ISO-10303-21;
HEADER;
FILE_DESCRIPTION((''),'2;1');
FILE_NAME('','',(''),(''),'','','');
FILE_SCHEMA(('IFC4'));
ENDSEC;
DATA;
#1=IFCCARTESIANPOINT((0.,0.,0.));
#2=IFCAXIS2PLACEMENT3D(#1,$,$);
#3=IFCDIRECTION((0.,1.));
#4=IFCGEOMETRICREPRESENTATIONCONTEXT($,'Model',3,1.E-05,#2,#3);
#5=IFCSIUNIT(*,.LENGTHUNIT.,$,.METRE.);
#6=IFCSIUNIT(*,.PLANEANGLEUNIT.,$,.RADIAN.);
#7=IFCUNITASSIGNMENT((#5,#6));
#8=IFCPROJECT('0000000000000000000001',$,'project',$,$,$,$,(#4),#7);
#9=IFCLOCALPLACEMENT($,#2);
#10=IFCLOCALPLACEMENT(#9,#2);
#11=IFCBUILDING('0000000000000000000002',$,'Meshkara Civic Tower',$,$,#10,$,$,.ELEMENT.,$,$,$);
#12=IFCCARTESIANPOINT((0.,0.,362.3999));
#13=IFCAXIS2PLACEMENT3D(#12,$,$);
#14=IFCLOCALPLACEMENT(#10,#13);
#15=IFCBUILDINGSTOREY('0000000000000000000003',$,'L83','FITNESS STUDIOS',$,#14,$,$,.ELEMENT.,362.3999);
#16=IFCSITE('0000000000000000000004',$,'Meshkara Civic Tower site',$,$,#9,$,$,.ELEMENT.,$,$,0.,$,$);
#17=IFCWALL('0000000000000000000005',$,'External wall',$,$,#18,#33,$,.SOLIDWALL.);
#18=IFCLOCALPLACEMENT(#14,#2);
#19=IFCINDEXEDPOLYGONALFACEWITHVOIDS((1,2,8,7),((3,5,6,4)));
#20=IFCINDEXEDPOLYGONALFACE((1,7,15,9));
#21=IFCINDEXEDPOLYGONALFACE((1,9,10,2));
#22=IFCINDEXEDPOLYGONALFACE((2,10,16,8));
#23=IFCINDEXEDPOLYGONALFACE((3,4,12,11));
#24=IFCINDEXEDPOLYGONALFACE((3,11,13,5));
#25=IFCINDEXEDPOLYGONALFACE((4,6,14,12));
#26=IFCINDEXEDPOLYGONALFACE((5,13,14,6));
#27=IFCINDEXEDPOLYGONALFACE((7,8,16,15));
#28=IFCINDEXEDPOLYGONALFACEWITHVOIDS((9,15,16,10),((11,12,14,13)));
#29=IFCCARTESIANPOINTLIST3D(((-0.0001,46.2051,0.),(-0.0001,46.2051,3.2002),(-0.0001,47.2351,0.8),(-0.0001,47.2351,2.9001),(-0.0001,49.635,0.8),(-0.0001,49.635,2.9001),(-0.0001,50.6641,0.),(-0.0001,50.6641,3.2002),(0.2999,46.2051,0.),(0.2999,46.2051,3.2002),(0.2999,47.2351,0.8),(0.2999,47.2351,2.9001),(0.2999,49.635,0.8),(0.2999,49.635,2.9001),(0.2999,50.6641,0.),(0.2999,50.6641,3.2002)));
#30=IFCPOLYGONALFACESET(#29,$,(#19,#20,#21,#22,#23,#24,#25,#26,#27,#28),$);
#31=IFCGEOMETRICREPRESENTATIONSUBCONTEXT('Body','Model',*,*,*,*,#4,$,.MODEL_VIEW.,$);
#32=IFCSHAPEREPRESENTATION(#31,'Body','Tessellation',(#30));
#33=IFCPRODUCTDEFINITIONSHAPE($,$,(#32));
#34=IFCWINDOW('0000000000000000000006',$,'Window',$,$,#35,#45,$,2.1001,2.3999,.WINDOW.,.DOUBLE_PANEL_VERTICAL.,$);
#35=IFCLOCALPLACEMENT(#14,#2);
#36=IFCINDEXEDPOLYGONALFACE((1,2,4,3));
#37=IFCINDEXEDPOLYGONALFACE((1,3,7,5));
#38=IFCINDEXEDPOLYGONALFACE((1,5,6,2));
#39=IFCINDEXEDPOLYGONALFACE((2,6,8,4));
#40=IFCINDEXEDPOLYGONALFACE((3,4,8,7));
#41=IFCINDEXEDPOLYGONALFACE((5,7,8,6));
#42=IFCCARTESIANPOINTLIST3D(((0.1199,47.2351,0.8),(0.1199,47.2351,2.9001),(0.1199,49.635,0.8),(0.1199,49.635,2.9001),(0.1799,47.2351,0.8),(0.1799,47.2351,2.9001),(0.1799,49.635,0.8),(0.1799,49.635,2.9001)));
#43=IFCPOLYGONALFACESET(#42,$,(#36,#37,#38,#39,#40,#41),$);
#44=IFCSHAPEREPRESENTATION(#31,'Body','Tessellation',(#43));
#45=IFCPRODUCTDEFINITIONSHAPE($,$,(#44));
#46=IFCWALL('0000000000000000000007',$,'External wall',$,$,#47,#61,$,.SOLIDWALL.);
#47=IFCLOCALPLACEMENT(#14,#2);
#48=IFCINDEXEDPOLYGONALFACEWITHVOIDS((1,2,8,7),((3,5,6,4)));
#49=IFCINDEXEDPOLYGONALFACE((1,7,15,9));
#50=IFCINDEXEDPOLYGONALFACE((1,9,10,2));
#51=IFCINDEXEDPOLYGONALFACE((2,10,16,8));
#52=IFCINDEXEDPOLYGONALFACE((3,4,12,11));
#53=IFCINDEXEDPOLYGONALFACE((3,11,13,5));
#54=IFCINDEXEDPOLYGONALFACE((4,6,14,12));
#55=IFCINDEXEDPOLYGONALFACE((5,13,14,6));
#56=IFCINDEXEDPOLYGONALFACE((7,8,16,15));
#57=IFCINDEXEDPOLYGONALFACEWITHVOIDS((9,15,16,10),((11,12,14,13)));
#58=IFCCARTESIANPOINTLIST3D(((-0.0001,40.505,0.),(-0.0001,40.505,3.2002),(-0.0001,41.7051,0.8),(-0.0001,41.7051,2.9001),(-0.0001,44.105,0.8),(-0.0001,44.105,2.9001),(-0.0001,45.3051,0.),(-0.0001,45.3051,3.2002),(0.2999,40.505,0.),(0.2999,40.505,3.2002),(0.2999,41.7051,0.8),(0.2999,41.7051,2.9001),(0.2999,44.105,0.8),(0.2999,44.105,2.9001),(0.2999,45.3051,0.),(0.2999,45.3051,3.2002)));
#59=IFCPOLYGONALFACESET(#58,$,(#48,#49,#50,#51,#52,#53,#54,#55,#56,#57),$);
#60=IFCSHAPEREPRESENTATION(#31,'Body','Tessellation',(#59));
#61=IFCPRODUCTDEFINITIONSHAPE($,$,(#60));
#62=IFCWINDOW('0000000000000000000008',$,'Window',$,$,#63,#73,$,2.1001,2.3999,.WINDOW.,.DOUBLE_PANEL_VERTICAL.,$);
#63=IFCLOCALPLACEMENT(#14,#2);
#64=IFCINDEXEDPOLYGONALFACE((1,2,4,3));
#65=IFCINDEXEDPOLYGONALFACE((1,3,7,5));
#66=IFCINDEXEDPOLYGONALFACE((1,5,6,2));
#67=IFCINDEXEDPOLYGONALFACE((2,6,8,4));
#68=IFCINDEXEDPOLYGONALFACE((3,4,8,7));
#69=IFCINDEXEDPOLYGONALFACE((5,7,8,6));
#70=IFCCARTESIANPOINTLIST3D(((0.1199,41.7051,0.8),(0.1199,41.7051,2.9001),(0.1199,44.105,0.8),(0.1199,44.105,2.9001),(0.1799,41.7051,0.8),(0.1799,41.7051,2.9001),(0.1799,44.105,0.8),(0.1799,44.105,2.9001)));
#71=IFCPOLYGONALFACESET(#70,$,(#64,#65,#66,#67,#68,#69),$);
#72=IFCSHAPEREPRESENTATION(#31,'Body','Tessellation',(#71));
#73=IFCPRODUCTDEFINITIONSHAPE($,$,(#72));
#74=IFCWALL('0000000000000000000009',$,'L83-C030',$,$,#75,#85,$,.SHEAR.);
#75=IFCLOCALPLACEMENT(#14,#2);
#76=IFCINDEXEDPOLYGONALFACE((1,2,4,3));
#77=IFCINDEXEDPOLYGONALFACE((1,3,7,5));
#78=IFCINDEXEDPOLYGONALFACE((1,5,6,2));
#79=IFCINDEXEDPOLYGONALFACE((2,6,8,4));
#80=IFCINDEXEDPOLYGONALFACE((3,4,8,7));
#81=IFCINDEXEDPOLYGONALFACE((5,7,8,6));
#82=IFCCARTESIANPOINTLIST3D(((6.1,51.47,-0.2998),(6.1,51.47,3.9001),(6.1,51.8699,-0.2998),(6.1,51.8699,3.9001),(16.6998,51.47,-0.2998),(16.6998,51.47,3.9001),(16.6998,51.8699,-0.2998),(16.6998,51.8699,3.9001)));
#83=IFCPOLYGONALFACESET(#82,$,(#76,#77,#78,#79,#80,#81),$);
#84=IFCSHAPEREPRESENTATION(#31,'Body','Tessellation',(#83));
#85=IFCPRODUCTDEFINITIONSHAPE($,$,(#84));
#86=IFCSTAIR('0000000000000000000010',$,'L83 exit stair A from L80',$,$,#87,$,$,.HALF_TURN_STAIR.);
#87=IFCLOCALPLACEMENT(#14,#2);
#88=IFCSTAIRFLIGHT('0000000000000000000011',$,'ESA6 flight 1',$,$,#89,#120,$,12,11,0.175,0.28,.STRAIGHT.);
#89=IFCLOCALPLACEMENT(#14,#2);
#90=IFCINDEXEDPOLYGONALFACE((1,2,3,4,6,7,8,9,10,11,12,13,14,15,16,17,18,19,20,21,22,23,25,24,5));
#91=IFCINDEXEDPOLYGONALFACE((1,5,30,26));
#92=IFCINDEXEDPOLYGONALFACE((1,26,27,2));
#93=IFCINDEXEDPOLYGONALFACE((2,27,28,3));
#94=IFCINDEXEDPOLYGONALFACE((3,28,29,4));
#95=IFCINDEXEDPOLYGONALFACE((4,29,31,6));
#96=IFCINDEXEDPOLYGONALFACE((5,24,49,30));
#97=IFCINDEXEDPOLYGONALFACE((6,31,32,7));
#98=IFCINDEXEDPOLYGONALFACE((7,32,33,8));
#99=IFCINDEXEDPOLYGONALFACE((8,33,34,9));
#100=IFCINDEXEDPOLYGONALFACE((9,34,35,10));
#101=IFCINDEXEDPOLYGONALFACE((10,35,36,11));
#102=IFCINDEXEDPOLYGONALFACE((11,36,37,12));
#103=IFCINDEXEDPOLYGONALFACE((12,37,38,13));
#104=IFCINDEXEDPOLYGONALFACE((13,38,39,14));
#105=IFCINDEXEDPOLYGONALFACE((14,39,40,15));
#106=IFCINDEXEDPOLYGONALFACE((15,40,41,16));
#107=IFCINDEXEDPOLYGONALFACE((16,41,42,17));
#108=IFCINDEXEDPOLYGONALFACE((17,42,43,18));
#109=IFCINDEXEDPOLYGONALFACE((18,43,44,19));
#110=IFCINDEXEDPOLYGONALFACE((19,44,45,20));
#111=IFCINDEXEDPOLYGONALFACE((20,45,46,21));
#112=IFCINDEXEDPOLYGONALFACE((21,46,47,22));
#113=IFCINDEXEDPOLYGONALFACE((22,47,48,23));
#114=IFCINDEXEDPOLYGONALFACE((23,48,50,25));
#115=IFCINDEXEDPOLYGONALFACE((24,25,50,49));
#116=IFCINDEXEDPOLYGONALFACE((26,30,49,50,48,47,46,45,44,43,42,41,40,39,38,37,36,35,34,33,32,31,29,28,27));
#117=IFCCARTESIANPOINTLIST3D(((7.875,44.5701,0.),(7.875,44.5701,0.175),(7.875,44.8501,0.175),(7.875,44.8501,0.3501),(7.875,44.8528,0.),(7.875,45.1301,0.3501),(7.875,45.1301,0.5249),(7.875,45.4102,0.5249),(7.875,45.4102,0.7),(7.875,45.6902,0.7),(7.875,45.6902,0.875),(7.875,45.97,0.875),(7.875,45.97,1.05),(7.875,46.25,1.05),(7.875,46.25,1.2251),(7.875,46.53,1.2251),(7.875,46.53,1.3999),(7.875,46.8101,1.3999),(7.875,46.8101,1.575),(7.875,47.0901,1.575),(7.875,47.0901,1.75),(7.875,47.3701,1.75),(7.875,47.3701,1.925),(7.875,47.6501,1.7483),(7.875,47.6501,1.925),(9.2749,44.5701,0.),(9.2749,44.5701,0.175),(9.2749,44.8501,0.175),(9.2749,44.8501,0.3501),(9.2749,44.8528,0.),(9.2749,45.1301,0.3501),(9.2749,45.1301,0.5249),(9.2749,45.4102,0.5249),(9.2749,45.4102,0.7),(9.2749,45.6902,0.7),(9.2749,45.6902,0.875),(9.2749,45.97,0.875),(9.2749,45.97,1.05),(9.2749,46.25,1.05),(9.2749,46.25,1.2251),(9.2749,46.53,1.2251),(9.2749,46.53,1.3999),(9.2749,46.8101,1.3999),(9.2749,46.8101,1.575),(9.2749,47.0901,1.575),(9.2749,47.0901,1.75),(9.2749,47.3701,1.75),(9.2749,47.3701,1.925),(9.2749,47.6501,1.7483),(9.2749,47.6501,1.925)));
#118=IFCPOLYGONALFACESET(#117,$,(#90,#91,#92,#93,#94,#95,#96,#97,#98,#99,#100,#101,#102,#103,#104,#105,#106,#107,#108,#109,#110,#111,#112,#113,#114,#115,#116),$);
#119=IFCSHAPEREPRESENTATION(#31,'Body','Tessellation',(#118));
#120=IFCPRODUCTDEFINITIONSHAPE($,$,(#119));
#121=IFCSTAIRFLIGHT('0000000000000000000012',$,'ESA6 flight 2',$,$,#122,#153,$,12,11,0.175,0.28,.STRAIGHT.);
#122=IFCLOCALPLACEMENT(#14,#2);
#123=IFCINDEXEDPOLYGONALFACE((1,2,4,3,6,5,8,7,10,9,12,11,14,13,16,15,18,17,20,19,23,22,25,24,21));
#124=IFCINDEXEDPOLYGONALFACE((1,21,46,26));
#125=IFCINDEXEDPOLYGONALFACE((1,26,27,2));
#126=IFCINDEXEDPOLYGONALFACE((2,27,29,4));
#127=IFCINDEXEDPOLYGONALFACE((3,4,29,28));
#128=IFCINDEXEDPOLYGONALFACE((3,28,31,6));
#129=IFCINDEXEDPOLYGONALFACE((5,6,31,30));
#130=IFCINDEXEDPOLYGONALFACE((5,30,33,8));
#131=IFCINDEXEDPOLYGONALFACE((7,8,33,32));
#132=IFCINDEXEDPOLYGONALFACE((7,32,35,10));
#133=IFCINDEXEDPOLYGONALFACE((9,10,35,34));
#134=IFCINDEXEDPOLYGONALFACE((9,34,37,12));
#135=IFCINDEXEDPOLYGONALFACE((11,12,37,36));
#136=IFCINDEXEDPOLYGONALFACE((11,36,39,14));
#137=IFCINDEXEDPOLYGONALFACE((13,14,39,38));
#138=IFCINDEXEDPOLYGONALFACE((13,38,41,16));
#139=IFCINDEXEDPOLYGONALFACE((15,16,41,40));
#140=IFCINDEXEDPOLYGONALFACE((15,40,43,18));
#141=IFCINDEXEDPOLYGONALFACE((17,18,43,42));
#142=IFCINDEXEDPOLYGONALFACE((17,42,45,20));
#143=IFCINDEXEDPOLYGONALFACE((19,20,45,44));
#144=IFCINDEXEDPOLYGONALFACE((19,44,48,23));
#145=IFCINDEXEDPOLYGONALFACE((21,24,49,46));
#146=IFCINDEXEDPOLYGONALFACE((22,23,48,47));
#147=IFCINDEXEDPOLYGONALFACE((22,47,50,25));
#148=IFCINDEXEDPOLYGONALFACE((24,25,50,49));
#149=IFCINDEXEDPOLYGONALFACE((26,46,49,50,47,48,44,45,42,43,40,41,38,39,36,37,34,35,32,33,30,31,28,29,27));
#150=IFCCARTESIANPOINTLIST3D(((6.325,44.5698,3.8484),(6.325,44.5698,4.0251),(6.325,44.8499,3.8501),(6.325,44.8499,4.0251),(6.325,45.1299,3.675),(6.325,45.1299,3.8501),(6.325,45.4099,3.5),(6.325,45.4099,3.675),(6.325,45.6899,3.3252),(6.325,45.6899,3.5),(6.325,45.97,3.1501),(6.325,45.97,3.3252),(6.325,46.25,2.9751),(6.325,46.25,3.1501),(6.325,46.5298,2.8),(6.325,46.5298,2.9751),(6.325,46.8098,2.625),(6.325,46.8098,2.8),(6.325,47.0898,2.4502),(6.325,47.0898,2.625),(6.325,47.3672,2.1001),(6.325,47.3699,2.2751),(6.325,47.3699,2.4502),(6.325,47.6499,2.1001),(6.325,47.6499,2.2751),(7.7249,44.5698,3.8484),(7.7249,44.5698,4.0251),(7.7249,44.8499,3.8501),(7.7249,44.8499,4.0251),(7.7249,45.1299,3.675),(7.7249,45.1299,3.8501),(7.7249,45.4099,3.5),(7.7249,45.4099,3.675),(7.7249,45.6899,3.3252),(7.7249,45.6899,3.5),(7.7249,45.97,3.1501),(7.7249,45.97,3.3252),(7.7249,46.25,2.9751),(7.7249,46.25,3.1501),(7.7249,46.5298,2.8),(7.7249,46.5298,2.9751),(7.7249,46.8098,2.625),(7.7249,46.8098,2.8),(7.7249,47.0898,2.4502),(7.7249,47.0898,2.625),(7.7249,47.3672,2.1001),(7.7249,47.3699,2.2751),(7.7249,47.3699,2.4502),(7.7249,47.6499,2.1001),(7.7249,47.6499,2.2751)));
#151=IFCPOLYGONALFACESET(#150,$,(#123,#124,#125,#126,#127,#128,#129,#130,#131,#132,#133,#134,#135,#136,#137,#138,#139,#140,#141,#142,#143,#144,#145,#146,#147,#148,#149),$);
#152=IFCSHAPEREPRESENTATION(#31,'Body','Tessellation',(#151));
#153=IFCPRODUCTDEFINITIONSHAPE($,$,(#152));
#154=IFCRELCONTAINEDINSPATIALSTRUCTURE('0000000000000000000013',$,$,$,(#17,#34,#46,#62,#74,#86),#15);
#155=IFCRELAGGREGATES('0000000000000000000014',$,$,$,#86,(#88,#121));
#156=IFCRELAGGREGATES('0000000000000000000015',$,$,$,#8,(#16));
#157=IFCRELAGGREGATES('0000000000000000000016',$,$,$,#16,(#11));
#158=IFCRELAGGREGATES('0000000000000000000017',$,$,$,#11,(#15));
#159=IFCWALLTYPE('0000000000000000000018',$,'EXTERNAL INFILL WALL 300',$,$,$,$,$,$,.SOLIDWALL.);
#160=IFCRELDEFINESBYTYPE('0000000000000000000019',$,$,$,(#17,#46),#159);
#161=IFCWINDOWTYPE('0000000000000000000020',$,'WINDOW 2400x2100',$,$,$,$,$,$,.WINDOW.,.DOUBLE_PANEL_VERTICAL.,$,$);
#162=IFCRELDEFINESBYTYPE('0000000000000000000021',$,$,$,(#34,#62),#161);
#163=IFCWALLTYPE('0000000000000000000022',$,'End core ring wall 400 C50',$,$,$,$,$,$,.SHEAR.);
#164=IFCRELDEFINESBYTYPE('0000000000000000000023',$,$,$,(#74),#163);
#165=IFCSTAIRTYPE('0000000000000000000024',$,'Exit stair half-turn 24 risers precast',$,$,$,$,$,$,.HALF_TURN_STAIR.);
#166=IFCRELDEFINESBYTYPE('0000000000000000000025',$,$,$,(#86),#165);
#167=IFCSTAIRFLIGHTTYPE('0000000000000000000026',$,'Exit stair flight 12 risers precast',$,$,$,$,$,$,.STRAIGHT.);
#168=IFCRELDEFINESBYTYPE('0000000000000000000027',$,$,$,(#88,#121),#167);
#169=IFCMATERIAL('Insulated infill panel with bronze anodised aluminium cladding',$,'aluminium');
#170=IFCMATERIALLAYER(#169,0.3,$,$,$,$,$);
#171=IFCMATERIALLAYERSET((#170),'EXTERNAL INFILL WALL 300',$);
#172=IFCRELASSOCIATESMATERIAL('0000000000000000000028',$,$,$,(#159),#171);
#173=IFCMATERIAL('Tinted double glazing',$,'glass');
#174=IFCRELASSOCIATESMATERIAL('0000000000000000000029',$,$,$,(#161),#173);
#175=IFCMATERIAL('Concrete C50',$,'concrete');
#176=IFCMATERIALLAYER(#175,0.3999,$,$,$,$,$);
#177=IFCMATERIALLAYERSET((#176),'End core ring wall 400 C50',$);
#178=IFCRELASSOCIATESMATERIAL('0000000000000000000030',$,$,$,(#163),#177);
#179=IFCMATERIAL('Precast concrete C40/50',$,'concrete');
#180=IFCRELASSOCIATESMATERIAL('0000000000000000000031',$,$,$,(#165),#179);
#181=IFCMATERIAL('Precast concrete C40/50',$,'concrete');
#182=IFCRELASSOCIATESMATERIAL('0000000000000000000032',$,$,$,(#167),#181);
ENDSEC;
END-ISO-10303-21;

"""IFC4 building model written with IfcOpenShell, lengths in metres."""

from ifc_helpers import new_model, si_unit, direction, frame, frame_2d, origin, place, context, subcontext, project, spatial, polyline, rectangle, outline, extrude, material, layer, layer_set, type_object, element, fill, aggregate, save


model = new_model("IFC4")

# Units and contexts
model_context = context("Model", 3, precision=1e-05, world=origin(), true_north=direction((0.0, 1.0)))
body_context = subcontext(model_context, "Body", "Model", "MODEL_VIEW")
ifc_project = project(units=[si_unit("LENGTHUNIT", "METRE"), si_unit("PLANEANGLEUNIT", "RADIAN")], contexts=[model_context])

# Site, building, storey
site_placement = place(None, origin())
site = spatial("IfcSite", under=ifc_project, at=site_placement, Name="Meshkara Civic Tower site", CompositionType="ELEMENT", RefElevation=0.0)
building_placement = place(site_placement, origin())
building = spatial("IfcBuilding", under=site, at=building_placement, Name="Meshkara Civic Tower", CompositionType="ELEMENT")
storey_placement = place(building_placement, frame((0.0, 0.0, 362.3999)))
storey = spatial("IfcBuildingStorey", under=building, at=storey_placement, Name="L83", Description="FITNESS STUDIOS", CompositionType="ELEMENT", Elevation=362.3999)

# Walls, openings, windows
ifc_material_1 = material(Name="Insulated infill panel with bronze anodised aluminium cladding", Category="aluminium")
ifc_layer_1 = layer(ifc_material_1, 0.3)
ifc_layer_set_1 = layer_set([ifc_layer_1], Name="EXTERNAL INFILL WALL 300")
wall_type_1 = type_object("IfcWallType", Name="EXTERNAL INFILL WALL 300", PredefinedType="SOLIDWALL", material=ifc_layer_set_1)
ifc_material_2 = material(Name="Tinted double glazing", Category="glass")
window_type = type_object("IfcWindowType", Name="WINDOW 2400x2100", PartitioningType="DOUBLE_PANEL_VERTICAL", PredefinedType="WINDOW", material=ifc_material_2)
wall_1_placement = place(storey_placement, frame((0.1499, 50.6641, 0.0), z_axis=(0.0, 0.0, 1.0), x_axis=(0.0, -1.0, 0.0)))
wall_1 = element("IfcWall", 1, at=wall_1_placement, inside=storey, type_object=wall_type_1, Name="External wall", PredefinedType="SOLIDWALL", context=body_context, shape_type="SweptSolid", body=[
    extrude(rectangle(XDim=4.459, YDim=0.3, at=frame_2d((2.2295, 0.0))), origin(), (0.0, 0.0, 1.0), 3.2002),
])
opening_1_placement = place(wall_1_placement, frame((1.0291, 0.0, 0.8)))
opening_1 = element("IfcOpeningElement", 2, at=opening_1_placement, cuts=wall_1, PredefinedType="OPENING", context=body_context, shape_type="SweptSolid", body=[
    extrude(rectangle(XDim=2.3999, YDim=2.1001, at=frame_2d((1.2, 1.05))), frame((0.0, 0.1599, 0.0), z_axis=(0.0, -1.0, 0.0), x_axis=(1.0, 0.0, 0.0)), (0.0, 0.0, 1.0), 0.3201),
])
window_1_placement = place(opening_1_placement, origin())
window_1 = element("IfcWindow", 3, at=window_1_placement, inside=storey, type_object=window_type, Name="Window", OverallHeight=2.1001, OverallWidth=2.3999, PartitioningType="DOUBLE_PANEL_VERTICAL", PredefinedType="WINDOW", context=body_context, shape_type="SweptSolid", body=[
    extrude(rectangle(XDim=2.3999, YDim=2.1001, at=frame_2d((1.2, 1.05))), frame((0.0, 0.03, 0.0), z_axis=(0.0, -1.0, 0.0), x_axis=(1.0, 0.0, 0.0)), (0.0, 0.0, 1.0), 0.0601),
])
fill(opening_1, window_1)
wall_2_placement = place(storey_placement, frame((0.1499, 45.3049, 0.0), z_axis=(0.0, 0.0, 1.0), x_axis=(0.0, -1.0, 0.0)))
wall_2 = element("IfcWall", 4, at=wall_2_placement, inside=storey, type_object=wall_type_1, Name="External wall", PredefinedType="SOLIDWALL", context=body_context, shape_type="SweptSolid", body=[
    extrude(rectangle(XDim=4.8, YDim=0.3, at=frame_2d((2.3999, 0.0))), origin(), (0.0, 0.0, 1.0), 3.2002),
])
opening_2_placement = place(wall_2_placement, frame((1.2, 0.0, 0.8)))
opening_2 = element("IfcOpeningElement", 5, at=opening_2_placement, cuts=wall_2, PredefinedType="OPENING", context=body_context, shape_type="SweptSolid", body=[
    extrude(rectangle(XDim=2.3999, YDim=2.1001, at=frame_2d((1.2, 1.05))), frame((0.0, 0.1599, 0.0), z_axis=(0.0, -1.0, 0.0), x_axis=(1.0, 0.0, 0.0)), (0.0, 0.0, 1.0), 0.3201),
])
window_2_placement = place(opening_2_placement, origin())
window_2 = element("IfcWindow", 6, at=window_2_placement, inside=storey, type_object=window_type, Name="Window", OverallHeight=2.1001, OverallWidth=2.3999, PartitioningType="DOUBLE_PANEL_VERTICAL", PredefinedType="WINDOW", context=body_context, shape_type="SweptSolid", body=[
    extrude(rectangle(XDim=2.3999, YDim=2.1001, at=frame_2d((1.2, 1.05))), frame((0.0, 0.03, 0.0), z_axis=(0.0, -1.0, 0.0), x_axis=(1.0, 0.0, 0.0)), (0.0, 0.0, 1.0), 0.0601),
])
fill(opening_2, window_2)

# Wall
ifc_material_3 = material(Name="Concrete C50", Category="concrete")
ifc_layer_2 = layer(ifc_material_3, 0.3999)
ifc_layer_set_2 = layer_set([ifc_layer_2], Name="End core ring wall 400 C50")
wall_type_2 = type_object("IfcWallType", Name="End core ring wall 400 C50", PredefinedType="SHEAR", material=ifc_layer_set_2)
wall_3_placement = place(storey_placement, frame((6.1001, 51.6699, -0.2998), z_axis=(0.0, 0.0, 1.0), x_axis=(1.0, 0.0, 0.0)))
element("IfcWall", 7, at=wall_3_placement, inside=storey, type_object=wall_type_2, Name="L83-C030", PredefinedType="SHEAR", context=body_context, shape_type="SweptSolid", body=[
    extrude(rectangle(XDim=10.5999, YDim=0.3999, at=frame_2d((5.2998, 0.0))), origin(), (0.0, 0.0, 1.0), 4.2),
])

# Stair, stair flights
ifc_material_4 = material(Name="Precast concrete C40/50", Category="concrete")
stair_type = type_object("IfcStairType", Name="Exit stair half-turn 24 risers precast", PredefinedType="HALF_TURN_STAIR", material=ifc_material_4)
stair_placement = place(storey_placement, origin())
stair = element("IfcStair", 8, at=stair_placement, inside=storey, type_object=stair_type, Name="L83 exit stair A from L80", PredefinedType="HALF_TURN_STAIR")
ifc_material_5 = material(Name="Precast concrete C40/50", Category="concrete")
stair_flight_type = type_object("IfcStairFlightType", Name="Exit stair flight 12 risers precast", PredefinedType="STRAIGHT", material=ifc_material_5)
stair_flight_1_placement = place(storey_placement, frame((8.575, 44.5701, 0.0), z_axis=(0.0, 0.0, 1.0), x_axis=(0.0, 1.0, 0.0)))
stair_flight_1 = element("IfcStairFlight", 9, at=stair_flight_1_placement, type_object=stair_flight_type, Name="ESA6 flight 1", NumberOfRisers=12, NumberOfTreads=11, PredefinedType="STRAIGHT", RiserHeight=0.175, TreadLength=0.28, context=body_context, shape_type="SweptSolid", body=[
    extrude(outline(polyline([(0.0, 0.0), (0.0, 0.175), (0.28, 0.175), (0.28, 0.3501), (0.5601, 0.3501), (0.5601, 0.5249), (0.8401, 0.5249), (0.8401, 0.7), (1.1201, 0.7), (1.1201, 0.875), (1.3999, 0.875), (1.3999, 1.05), (1.6799, 1.05), (1.6799, 1.2251), (1.96, 1.2251), (1.96, 1.3999), (2.24, 1.3999), (2.24, 1.575), (2.52, 1.575), (2.52, 1.75), (2.8, 1.75), (2.8, 1.925), (3.0801, 1.925), (3.0801, 2.1001), (3.0801, 1.7483), (0.2827, 0.0), (0.0, 0.0)])), frame((0.0, 0.7, 0.0), z_axis=(0.0, -1.0, 0.0), x_axis=(1.0, 0.0, 0.0)), (0.0, 0.0, 1.0), 1.3999),
])
stair_flight_2_placement = place(storey_placement, frame((7.0249, 47.6499, 2.1001), z_axis=(0.0, 0.0, 1.0), x_axis=(0.0, -1.0, 0.0)))
stair_flight_2 = element("IfcStairFlight", 10, at=stair_flight_2_placement, type_object=stair_flight_type, Name="ESA6 flight 2", NumberOfRisers=12, NumberOfTreads=11, PredefinedType="STRAIGHT", RiserHeight=0.175, TreadLength=0.28, context=body_context, shape_type="SweptSolid", body=[
    extrude(outline(polyline([(0.0, 0.0), (0.0, 0.175), (0.28, 0.175), (0.28, 0.3501), (0.5601, 0.3501), (0.5601, 0.5249), (0.8401, 0.5249), (0.8401, 0.7), (1.1201, 0.7), (1.1201, 0.875), (1.3999, 0.875), (1.3999, 1.05), (1.6799, 1.05), (1.6799, 1.2251), (1.96, 1.2251), (1.96, 1.3999), (2.24, 1.3999), (2.24, 1.575), (2.52, 1.575), (2.52, 1.75), (2.8, 1.75), (2.8, 1.925), (3.0801, 1.925), (3.0801, 2.1001), (3.0801, 1.7483), (0.2827, 0.0), (0.0, 0.0)])), frame((0.0, 0.7, 0.0), z_axis=(0.0, -1.0, 0.0), x_axis=(1.0, 0.0, 0.0)), (0.0, 0.0, 1.0), 1.3999),
])
aggregate(stair, [stair_flight_1, stair_flight_2])

save(model, "model.ifc")
